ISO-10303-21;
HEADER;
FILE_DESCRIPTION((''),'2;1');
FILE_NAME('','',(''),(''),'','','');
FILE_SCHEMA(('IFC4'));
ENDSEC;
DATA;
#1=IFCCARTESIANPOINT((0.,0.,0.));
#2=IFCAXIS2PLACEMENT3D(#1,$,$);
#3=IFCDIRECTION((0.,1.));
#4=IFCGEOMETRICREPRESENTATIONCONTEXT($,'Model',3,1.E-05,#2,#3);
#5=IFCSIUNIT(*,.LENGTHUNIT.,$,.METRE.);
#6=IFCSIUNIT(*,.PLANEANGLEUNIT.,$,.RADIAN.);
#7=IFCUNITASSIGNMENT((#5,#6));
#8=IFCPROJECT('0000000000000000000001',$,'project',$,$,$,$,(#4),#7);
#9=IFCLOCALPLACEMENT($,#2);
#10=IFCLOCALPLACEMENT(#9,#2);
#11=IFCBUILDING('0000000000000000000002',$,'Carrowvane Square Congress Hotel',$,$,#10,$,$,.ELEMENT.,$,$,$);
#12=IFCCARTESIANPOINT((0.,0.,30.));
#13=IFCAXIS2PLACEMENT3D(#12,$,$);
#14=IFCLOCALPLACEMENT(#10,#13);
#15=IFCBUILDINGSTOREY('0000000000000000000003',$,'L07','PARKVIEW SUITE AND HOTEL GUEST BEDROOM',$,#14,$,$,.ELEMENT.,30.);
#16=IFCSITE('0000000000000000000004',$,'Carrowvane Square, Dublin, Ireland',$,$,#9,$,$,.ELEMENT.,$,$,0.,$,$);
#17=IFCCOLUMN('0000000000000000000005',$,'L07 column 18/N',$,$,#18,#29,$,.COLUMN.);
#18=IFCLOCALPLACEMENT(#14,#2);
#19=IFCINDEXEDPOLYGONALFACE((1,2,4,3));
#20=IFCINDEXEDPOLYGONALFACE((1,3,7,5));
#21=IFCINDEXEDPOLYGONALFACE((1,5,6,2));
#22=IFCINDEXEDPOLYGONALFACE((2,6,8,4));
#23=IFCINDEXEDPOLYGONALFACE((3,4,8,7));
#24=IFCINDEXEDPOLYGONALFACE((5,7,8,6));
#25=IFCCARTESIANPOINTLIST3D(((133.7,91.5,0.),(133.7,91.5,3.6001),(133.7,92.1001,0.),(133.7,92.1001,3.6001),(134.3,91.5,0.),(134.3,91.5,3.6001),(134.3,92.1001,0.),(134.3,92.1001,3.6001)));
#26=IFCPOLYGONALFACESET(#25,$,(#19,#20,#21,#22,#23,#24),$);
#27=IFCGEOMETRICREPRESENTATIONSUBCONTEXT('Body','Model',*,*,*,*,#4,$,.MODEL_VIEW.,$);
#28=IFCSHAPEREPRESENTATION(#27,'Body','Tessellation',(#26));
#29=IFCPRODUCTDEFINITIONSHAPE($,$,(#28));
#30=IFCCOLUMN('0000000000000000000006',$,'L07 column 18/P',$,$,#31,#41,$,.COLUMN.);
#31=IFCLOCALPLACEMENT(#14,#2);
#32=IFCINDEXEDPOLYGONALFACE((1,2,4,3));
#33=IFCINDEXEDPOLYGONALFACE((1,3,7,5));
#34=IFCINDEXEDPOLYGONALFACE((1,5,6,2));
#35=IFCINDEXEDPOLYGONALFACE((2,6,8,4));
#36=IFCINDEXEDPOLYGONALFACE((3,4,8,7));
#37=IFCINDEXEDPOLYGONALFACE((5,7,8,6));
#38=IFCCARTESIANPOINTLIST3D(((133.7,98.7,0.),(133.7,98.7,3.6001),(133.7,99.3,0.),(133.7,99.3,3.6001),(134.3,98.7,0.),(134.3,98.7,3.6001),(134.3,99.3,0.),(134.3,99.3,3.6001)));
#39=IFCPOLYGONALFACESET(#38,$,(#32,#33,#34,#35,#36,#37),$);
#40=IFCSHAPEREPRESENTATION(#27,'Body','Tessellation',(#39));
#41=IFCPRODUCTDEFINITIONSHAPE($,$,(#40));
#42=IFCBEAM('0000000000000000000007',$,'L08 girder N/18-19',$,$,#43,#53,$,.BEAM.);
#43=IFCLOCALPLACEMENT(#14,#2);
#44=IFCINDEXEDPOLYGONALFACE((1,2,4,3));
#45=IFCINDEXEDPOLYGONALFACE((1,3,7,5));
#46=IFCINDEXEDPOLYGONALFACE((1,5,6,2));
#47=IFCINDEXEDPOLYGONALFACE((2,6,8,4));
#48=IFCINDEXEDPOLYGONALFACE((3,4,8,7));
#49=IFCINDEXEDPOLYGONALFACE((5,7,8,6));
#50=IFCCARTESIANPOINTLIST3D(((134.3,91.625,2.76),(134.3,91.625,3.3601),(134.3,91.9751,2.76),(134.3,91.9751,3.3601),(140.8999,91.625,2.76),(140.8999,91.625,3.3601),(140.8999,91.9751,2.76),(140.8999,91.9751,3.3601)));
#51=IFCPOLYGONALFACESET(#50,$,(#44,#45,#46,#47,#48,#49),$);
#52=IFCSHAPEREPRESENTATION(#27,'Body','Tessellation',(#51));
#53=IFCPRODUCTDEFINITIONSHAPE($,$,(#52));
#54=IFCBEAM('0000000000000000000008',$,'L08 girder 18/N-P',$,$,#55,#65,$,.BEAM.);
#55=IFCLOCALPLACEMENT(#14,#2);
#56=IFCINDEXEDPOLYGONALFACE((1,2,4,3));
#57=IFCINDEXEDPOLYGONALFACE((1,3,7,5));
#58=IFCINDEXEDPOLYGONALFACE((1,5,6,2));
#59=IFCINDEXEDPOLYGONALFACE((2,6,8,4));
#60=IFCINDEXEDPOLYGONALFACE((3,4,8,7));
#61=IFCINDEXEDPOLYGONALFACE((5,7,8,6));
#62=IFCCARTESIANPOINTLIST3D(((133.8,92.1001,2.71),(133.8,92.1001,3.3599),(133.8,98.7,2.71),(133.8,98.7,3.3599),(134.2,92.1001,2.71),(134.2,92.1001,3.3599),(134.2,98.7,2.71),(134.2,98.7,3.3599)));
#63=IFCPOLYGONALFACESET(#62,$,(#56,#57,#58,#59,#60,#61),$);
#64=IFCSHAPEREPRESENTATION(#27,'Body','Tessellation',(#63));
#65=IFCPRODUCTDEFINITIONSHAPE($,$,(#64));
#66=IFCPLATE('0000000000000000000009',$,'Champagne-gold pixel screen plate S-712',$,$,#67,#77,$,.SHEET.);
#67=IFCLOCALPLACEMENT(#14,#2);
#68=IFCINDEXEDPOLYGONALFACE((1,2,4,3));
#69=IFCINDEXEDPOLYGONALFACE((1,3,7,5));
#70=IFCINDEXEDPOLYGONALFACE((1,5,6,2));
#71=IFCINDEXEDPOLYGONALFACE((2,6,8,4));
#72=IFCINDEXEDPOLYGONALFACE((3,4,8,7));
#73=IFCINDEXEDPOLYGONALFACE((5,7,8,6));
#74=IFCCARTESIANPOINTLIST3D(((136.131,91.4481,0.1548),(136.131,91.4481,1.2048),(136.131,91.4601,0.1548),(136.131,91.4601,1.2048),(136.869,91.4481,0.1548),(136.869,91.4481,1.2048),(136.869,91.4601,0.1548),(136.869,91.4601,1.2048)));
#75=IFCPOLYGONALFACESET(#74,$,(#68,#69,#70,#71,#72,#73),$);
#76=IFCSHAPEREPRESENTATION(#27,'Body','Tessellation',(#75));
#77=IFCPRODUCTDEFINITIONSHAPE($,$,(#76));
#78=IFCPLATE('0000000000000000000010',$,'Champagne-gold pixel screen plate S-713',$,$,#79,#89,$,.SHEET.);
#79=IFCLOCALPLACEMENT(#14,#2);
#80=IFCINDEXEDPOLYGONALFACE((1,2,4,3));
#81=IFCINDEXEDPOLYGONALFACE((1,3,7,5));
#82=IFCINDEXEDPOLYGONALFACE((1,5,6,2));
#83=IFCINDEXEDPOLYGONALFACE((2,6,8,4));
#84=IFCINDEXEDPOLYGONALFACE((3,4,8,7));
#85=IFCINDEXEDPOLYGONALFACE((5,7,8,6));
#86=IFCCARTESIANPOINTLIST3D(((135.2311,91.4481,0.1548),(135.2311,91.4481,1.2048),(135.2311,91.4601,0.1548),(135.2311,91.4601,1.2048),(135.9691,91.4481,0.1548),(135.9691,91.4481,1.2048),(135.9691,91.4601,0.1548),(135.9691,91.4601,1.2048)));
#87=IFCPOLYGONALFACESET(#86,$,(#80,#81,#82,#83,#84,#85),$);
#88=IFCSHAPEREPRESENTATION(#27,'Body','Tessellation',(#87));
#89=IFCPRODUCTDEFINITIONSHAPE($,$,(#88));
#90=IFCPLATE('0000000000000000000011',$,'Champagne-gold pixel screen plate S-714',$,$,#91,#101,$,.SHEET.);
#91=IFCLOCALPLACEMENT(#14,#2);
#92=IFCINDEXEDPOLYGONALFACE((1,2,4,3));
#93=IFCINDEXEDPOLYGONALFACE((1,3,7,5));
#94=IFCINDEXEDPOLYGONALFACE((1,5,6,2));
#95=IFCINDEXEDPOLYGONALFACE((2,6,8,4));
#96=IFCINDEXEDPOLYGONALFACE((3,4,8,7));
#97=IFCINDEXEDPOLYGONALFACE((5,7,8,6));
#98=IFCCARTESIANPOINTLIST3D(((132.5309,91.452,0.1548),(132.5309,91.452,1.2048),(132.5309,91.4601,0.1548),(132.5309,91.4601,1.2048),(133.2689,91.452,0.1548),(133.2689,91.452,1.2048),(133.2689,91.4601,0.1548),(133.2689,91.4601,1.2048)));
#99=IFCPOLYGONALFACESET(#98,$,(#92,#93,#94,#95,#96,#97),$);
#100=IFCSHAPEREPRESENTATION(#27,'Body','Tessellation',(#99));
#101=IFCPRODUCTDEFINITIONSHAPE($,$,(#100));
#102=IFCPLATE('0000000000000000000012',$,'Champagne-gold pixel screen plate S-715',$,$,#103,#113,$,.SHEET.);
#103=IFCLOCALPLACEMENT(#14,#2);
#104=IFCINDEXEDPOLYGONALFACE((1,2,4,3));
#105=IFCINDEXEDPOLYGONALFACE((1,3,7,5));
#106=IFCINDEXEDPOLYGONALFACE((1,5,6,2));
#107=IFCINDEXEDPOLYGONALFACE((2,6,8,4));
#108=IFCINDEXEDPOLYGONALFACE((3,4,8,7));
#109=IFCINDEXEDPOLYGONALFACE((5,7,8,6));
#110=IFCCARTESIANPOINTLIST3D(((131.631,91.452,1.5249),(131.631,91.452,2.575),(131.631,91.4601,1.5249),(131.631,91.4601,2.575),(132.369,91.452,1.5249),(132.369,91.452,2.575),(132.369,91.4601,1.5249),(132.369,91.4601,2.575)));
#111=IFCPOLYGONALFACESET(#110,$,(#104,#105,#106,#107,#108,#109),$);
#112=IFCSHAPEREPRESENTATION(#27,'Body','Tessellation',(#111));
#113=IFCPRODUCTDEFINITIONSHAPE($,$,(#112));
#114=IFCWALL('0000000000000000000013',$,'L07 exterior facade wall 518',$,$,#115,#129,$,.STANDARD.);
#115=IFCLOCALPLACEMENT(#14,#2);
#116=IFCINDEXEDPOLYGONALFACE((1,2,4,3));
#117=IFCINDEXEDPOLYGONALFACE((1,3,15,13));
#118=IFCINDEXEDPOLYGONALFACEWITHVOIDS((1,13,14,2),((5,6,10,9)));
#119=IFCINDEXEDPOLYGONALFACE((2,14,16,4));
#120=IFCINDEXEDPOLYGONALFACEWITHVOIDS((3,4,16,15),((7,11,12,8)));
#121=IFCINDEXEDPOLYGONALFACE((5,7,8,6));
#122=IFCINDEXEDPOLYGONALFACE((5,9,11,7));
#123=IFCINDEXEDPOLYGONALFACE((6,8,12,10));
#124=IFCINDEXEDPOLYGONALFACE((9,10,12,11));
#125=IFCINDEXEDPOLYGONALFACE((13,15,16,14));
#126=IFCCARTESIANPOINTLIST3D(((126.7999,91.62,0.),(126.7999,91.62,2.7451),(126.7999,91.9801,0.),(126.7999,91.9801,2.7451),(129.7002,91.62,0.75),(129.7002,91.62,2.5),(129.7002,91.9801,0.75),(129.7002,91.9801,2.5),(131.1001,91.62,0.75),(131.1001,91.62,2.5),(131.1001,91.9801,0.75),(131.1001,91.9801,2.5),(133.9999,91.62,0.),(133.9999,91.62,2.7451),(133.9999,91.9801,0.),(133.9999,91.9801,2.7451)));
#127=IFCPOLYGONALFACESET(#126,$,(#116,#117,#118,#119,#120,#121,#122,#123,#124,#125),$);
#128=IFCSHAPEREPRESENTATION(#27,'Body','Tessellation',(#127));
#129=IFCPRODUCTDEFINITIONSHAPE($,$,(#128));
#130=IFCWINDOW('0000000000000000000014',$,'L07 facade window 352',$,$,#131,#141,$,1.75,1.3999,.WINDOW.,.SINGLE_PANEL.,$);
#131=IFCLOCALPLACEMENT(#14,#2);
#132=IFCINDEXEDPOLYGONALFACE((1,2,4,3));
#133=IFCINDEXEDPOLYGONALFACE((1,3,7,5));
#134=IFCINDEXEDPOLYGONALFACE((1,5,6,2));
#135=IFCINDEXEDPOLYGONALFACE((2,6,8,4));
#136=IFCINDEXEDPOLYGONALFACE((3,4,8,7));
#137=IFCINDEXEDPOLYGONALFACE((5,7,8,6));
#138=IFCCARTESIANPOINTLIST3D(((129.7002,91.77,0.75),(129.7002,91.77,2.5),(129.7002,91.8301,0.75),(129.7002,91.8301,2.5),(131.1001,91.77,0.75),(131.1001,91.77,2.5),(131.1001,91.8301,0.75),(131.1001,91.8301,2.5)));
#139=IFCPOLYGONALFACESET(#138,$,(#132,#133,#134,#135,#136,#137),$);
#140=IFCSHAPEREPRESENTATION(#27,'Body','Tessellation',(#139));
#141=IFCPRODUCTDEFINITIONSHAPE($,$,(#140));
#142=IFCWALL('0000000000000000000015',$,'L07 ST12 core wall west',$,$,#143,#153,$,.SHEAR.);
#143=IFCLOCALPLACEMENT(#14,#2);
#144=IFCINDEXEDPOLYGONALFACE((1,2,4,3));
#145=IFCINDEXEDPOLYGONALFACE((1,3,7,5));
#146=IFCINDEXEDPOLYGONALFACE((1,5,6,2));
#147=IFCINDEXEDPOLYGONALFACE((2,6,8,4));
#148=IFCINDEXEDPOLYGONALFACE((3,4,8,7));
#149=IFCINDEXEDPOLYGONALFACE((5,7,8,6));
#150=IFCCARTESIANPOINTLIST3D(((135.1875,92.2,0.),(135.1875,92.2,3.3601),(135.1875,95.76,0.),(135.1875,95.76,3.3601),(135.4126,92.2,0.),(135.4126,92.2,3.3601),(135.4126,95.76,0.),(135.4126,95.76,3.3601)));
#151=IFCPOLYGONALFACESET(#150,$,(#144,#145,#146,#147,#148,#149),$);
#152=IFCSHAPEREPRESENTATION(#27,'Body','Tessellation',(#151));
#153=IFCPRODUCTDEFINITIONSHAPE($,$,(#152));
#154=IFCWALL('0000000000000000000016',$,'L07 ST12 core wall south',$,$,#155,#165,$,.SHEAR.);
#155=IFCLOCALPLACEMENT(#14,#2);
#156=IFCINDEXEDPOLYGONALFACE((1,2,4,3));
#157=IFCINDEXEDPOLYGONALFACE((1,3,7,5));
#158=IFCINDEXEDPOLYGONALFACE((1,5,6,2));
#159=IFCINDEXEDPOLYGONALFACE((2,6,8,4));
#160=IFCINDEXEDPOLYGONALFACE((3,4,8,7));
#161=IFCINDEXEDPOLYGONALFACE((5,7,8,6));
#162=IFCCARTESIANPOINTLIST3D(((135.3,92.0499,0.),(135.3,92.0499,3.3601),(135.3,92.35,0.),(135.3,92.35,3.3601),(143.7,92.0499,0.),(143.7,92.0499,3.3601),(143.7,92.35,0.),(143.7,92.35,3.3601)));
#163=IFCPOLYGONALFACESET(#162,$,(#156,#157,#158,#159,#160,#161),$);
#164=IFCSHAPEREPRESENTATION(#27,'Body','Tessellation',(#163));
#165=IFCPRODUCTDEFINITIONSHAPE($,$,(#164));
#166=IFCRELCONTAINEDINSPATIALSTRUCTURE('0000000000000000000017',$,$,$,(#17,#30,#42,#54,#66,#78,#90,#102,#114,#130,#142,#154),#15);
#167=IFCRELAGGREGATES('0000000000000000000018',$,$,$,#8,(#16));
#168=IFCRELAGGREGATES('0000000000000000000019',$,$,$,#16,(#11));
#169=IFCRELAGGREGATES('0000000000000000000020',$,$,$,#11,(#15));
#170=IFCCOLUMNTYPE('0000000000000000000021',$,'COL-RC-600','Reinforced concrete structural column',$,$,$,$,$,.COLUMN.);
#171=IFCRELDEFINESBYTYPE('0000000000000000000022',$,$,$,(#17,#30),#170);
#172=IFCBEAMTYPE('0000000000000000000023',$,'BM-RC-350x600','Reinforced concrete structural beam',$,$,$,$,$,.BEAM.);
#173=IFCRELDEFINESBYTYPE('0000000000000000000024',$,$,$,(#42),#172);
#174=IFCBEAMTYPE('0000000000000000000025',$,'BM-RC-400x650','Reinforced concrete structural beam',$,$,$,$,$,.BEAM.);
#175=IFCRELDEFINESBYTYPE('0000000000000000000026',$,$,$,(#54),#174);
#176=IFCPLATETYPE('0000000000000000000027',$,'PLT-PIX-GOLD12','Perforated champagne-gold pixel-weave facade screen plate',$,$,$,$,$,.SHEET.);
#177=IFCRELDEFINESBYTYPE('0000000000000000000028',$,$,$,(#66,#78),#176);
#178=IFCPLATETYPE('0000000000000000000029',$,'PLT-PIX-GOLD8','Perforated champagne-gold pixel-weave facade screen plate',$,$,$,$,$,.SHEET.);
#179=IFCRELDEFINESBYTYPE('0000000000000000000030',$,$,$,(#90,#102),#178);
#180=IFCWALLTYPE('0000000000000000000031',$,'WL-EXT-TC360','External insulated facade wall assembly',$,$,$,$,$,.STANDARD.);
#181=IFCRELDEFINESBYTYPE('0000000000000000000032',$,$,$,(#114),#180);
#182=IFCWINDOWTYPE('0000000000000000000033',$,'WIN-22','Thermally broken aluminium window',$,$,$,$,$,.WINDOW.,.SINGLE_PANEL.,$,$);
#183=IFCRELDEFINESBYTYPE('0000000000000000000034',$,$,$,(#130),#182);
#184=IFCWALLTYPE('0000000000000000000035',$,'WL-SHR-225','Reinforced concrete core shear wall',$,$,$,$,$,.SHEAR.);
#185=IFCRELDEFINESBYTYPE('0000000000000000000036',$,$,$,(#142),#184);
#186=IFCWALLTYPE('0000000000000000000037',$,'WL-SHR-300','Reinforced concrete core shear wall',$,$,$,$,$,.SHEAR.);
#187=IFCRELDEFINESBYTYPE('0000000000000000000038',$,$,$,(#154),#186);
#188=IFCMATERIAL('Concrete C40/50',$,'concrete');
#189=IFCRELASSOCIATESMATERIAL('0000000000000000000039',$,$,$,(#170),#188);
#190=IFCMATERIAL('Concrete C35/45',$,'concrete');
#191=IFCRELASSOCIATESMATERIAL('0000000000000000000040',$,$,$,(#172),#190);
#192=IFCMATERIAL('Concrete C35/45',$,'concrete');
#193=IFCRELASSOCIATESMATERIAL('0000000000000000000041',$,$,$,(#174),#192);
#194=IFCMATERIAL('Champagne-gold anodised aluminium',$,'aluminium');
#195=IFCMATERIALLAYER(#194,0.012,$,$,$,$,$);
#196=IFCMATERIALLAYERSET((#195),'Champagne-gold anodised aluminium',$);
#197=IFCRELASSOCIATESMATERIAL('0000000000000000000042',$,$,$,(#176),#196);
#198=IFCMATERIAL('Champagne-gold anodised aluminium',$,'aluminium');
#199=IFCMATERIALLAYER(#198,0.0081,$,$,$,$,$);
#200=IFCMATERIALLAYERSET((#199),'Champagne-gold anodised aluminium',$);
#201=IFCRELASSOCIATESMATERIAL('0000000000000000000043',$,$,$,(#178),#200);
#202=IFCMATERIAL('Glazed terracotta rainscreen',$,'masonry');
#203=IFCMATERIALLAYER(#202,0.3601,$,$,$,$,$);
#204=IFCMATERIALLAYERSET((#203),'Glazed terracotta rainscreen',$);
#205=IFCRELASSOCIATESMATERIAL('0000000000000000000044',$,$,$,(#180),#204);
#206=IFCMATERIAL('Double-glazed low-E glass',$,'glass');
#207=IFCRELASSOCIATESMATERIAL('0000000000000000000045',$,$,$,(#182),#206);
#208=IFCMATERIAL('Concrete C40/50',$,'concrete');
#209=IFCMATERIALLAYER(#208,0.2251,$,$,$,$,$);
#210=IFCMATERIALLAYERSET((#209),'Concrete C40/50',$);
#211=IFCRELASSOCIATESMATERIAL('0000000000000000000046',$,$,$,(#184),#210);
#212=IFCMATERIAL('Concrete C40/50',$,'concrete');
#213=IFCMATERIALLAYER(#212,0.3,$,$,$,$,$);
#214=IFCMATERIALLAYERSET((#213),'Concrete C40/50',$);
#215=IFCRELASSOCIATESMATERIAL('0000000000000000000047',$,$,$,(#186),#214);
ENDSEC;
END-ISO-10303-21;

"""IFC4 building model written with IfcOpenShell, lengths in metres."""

from ifc_helpers import new_model, si_unit, direction, frame, frame_2d, origin, origin_2d, place, context, subcontext, project, spatial, rectangle, extrude, material, layer, layer_set, material_profile, profile_set, type_object, element, fill, save


model = new_model("IFC4")

# Units and contexts
model_context = context("Model", 3, precision=1e-05, world=origin(), true_north=direction((0.0, 1.0)))
body_context = subcontext(model_context, "Body", "Model", "MODEL_VIEW")
ifc_project = project(units=[si_unit("LENGTHUNIT", "METRE"), si_unit("PLANEANGLEUNIT", "RADIAN")], contexts=[model_context])

# Site, building, storey
site_placement = place(None, origin())
site = spatial("IfcSite", under=ifc_project, at=site_placement, Name="Carrowvane Square, Dublin, Ireland", CompositionType="ELEMENT", RefElevation=0.0)
building_placement = place(site_placement, origin())
building = spatial("IfcBuilding", under=site, at=building_placement, Name="Carrowvane Square Congress Hotel", CompositionType="ELEMENT")
storey_placement = place(building_placement, frame((0.0, 0.0, 30.0)))
storey = spatial("IfcBuildingStorey", under=building, at=storey_placement, Name="L07", Description="PARKVIEW SUITE AND HOTEL GUEST BEDROOM", CompositionType="ELEMENT", Elevation=30.0)

# Columns
ifc_material_1 = material(Name="Concrete C40/50", Category="concrete")
ifc_material_profile_1 = material_profile(ifc_material_1, rectangle(XDim=0.6001, YDim=0.6001, at=origin_2d()), Name="RC 600x600")
ifc_profile_set_1 = profile_set([ifc_material_profile_1], Name="Concrete C40/50")
column_type = type_object("IfcColumnType", Name="COL-RC-600", Description="Reinforced concrete structural column", PredefinedType="COLUMN", material=ifc_profile_set_1)
for number, where, z_axis, x_axis, name in (
    (1, (134.0, 91.8, 0.0), (0.0, 0.0, 1.0), (1.0, 0.0, 0.0), "L07 column 18/N"),
    (2, (134.0, 99.0, 0.0), (0.0, 0.0, 1.0), (1.0, 0.0, 0.0), "L07 column 18/P"),
):
    element("IfcColumn", number, at=place(storey_placement, frame(where, z_axis=z_axis, x_axis=x_axis)), inside=storey, type_object=column_type, Name=name, PredefinedType="COLUMN", context=body_context, shape_type="SweptSolid", body=[
        extrude(rectangle(XDim=0.6001, YDim=0.6001, at=origin_2d()), origin(), (0.0, 0.0, 1.0), 3.6001),
    ])

# Beams
ifc_material_2 = material(Name="Concrete C35/45", Category="concrete")
ifc_material_profile_2 = material_profile(ifc_material_2, rectangle(XDim=0.3501, YDim=0.6001, at=origin_2d()), Name="RC 350x600")
ifc_profile_set_2 = profile_set([ifc_material_profile_2], Name="Concrete C35/45")
beam_type_1 = type_object("IfcBeamType", Name="BM-RC-350x600", Description="Reinforced concrete structural beam", PredefinedType="BEAM", material=ifc_profile_set_2)
beam_1_placement = place(storey_placement, frame((134.3, 91.8, 3.0601), z_axis=(1.0, 0.0, 0.0), x_axis=(0.0, 1.0, 0.0)))
element("IfcBeam", 3, at=beam_1_placement, inside=storey, type_object=beam_type_1, Name="L08 girder N/18-19", PredefinedType="BEAM", context=body_context, shape_type="SweptSolid", body=[
    extrude(rectangle(XDim=0.3501, YDim=0.6001, at=origin_2d()), origin(), (0.0, 0.0, 1.0), 6.5999),
])
ifc_material_3 = material(Name="Concrete C35/45", Category="concrete")
ifc_material_profile_3 = material_profile(ifc_material_3, rectangle(XDim=0.3999, YDim=0.6499, at=origin_2d()), Name="RC 400x650")
ifc_profile_set_3 = profile_set([ifc_material_profile_3], Name="Concrete C35/45")
beam_type_2 = type_object("IfcBeamType", Name="BM-RC-400x650", Description="Reinforced concrete structural beam", PredefinedType="BEAM", material=ifc_profile_set_3)
beam_2_placement = place(storey_placement, frame((134.0, 92.1001, 3.0349), z_axis=(0.0, 1.0, 0.0), x_axis=(-1.0, 0.0, 0.0)))
element("IfcBeam", 4, at=beam_2_placement, inside=storey, type_object=beam_type_2, Name="L08 girder 18/N-P", PredefinedType="BEAM", context=body_context, shape_type="SweptSolid", body=[
    extrude(rectangle(XDim=0.3999, YDim=0.6499, at=origin_2d()), origin(), (0.0, 0.0, 1.0), 6.5999),
])

# Plates
ifc_material_4 = material(Name="Champagne-gold anodised aluminium", Category="aluminium")
ifc_layer_1 = layer(ifc_material_4, 0.012)
ifc_layer_set_1 = layer_set([ifc_layer_1], Name="Champagne-gold anodised aluminium")
plate_type_1 = type_object("IfcPlateType", Name="PLT-PIX-GOLD12", Description="Perforated champagne-gold pixel-weave facade screen plate", PredefinedType="SHEET", material=ifc_layer_set_1)
for number, where, z_axis, x_axis, name in (
    (5, (136.5, 91.4541, 0.1548), (0.0, 0.0, 1.0), (-1.0, 0.0, 0.0), "Champagne-gold pixel screen plate S-712"),
    (6, (135.6001, 91.4541, 0.1548), (0.0, 0.0, 1.0), (-1.0, 0.0, 0.0), "Champagne-gold pixel screen plate S-713"),
):
    element("IfcPlate", number, at=place(storey_placement, frame(where, z_axis=z_axis, x_axis=x_axis)), inside=storey, type_object=plate_type_1, Name=name, PredefinedType="SHEET", context=body_context, shape_type="SweptSolid", body=[
        extrude(rectangle(XDim=0.738, YDim=0.012, at=origin_2d()), origin(), (0.0, 0.0, 1.0), 1.05),
    ])
ifc_material_5 = material(Name="Champagne-gold anodised aluminium", Category="aluminium")
ifc_layer_2 = layer(ifc_material_5, 0.0081)
ifc_layer_set_2 = layer_set([ifc_layer_2], Name="Champagne-gold anodised aluminium")
plate_type_2 = type_object("IfcPlateType", Name="PLT-PIX-GOLD8", Description="Perforated champagne-gold pixel-weave facade screen plate", PredefinedType="SHEET", material=ifc_layer_set_2)
for number, where, z_axis, x_axis, name in (
    (7, (132.8999, 91.4561, 0.1548), (0.0, 0.0, 1.0), (-1.0, 0.0, 0.0), "Champagne-gold pixel screen plate S-714"),
    (8, (132.0, 91.4561, 1.5249), (0.0, 0.0, 1.0), (-1.0, 0.0, 0.0), "Champagne-gold pixel screen plate S-715"),
):
    element("IfcPlate", number, at=place(storey_placement, frame(where, z_axis=z_axis, x_axis=x_axis)), inside=storey, type_object=plate_type_2, Name=name, PredefinedType="SHEET", context=body_context, shape_type="SweptSolid", body=[
        extrude(rectangle(XDim=0.738, YDim=0.0081, at=origin_2d()), origin(), (0.0, 0.0, 1.0), 1.05),
    ])

# Wall, opening, window
ifc_material_6 = material(Name="Glazed terracotta rainscreen", Category="masonry")
ifc_layer_3 = layer(ifc_material_6, 0.3601)
ifc_layer_set_3 = layer_set([ifc_layer_3], Name="Glazed terracotta rainscreen")
wall_type_1 = type_object("IfcWallType", Name="WL-EXT-TC360", Description="External insulated facade wall assembly", PredefinedType="STANDARD", material=ifc_layer_set_3)
wall_1_placement = place(storey_placement, frame((134.0, 91.8, 0.0), z_axis=(0.0, 0.0, 1.0), x_axis=(-1.0, 0.0, 0.0)))
wall_1 = element("IfcWall", 9, at=wall_1_placement, inside=storey, type_object=wall_type_1, Name="L07 exterior facade wall 518", PredefinedType="STANDARD", context=body_context, shape_type="SweptSolid", body=[
    extrude(rectangle(XDim=7.2, YDim=0.3601, at=frame_2d((3.6001, 0.0))), origin(), (0.0, 0.0, 1.0), 2.7451),
])
opening_placement = place(wall_1_placement, frame((2.8999, 0.0, 0.75)))
opening = element("IfcOpeningElement", 10, at=opening_placement, cuts=wall_1, PredefinedType="OPENING", context=body_context, shape_type="SweptSolid", body=[
    extrude(rectangle(XDim=1.3999, YDim=1.75, at=frame_2d((0.7, 0.875))), frame((0.0, 0.1899, 0.0), z_axis=(0.0, -1.0, 0.0), x_axis=(1.0, 0.0, 0.0)), (0.0, 0.0, 1.0), 0.3801),
])
ifc_material_7 = material(Name="Double-glazed low-E glass", Category="glass")
window_type = type_object("IfcWindowType", Name="WIN-22", Description="Thermally broken aluminium window", PartitioningType="SINGLE_PANEL", PredefinedType="WINDOW", material=ifc_material_7)
window_placement = place(opening_placement, origin())
window = element("IfcWindow", 11, at=window_placement, inside=storey, type_object=window_type, Name="L07 facade window 352", OverallHeight=1.75, OverallWidth=1.3999, PartitioningType="SINGLE_PANEL", PredefinedType="WINDOW", context=body_context, shape_type="SweptSolid", body=[
    extrude(rectangle(XDim=1.3999, YDim=1.75, at=frame_2d((0.7, 0.875))), frame((0.0, 0.03, 0.0), z_axis=(0.0, -1.0, 0.0), x_axis=(1.0, 0.0, 0.0)), (0.0, 0.0, 1.0), 0.0601),
])
fill(opening, window)

# Walls
ifc_material_8 = material(Name="Concrete C40/50", Category="concrete")
ifc_layer_4 = layer(ifc_material_8, 0.2251)
ifc_layer_set_4 = layer_set([ifc_layer_4], Name="Concrete C40/50")
wall_type_2 = type_object("IfcWallType", Name="WL-SHR-225", Description="Reinforced concrete core shear wall", PredefinedType="SHEAR", material=ifc_layer_set_4)
wall_2_placement = place(storey_placement, frame((135.3, 95.76, 0.0), z_axis=(0.0, 0.0, 1.0), x_axis=(0.0, -1.0, 0.0)))
element("IfcWall", 12, at=wall_2_placement, inside=storey, type_object=wall_type_2, Name="L07 ST12 core wall west", PredefinedType="SHEAR", context=body_context, shape_type="SweptSolid", body=[
    extrude(rectangle(XDim=3.5601, YDim=0.2251, at=frame_2d((1.78, 0.0))), origin(), (0.0, 0.0, 1.0), 3.3601),
])
ifc_material_9 = material(Name="Concrete C40/50", Category="concrete")
ifc_layer_5 = layer(ifc_material_9, 0.3)
ifc_layer_set_5 = layer_set([ifc_layer_5], Name="Concrete C40/50")
wall_type_3 = type_object("IfcWallType", Name="WL-SHR-300", Description="Reinforced concrete core shear wall", PredefinedType="SHEAR", material=ifc_layer_set_5)
wall_3_placement = place(storey_placement, frame((135.3, 92.2, 0.0), z_axis=(0.0, 0.0, 1.0), x_axis=(1.0, 0.0, 0.0)))
element("IfcWall", 13, at=wall_3_placement, inside=storey, type_object=wall_type_3, Name="L07 ST12 core wall south", PredefinedType="SHEAR", context=body_context, shape_type="SweptSolid", body=[
    extrude(rectangle(XDim=8.3999, YDim=0.3, at=frame_2d((4.2, 0.0))), origin(), (0.0, 0.0, 1.0), 3.3601),
])

save(model, "model.ifc")
